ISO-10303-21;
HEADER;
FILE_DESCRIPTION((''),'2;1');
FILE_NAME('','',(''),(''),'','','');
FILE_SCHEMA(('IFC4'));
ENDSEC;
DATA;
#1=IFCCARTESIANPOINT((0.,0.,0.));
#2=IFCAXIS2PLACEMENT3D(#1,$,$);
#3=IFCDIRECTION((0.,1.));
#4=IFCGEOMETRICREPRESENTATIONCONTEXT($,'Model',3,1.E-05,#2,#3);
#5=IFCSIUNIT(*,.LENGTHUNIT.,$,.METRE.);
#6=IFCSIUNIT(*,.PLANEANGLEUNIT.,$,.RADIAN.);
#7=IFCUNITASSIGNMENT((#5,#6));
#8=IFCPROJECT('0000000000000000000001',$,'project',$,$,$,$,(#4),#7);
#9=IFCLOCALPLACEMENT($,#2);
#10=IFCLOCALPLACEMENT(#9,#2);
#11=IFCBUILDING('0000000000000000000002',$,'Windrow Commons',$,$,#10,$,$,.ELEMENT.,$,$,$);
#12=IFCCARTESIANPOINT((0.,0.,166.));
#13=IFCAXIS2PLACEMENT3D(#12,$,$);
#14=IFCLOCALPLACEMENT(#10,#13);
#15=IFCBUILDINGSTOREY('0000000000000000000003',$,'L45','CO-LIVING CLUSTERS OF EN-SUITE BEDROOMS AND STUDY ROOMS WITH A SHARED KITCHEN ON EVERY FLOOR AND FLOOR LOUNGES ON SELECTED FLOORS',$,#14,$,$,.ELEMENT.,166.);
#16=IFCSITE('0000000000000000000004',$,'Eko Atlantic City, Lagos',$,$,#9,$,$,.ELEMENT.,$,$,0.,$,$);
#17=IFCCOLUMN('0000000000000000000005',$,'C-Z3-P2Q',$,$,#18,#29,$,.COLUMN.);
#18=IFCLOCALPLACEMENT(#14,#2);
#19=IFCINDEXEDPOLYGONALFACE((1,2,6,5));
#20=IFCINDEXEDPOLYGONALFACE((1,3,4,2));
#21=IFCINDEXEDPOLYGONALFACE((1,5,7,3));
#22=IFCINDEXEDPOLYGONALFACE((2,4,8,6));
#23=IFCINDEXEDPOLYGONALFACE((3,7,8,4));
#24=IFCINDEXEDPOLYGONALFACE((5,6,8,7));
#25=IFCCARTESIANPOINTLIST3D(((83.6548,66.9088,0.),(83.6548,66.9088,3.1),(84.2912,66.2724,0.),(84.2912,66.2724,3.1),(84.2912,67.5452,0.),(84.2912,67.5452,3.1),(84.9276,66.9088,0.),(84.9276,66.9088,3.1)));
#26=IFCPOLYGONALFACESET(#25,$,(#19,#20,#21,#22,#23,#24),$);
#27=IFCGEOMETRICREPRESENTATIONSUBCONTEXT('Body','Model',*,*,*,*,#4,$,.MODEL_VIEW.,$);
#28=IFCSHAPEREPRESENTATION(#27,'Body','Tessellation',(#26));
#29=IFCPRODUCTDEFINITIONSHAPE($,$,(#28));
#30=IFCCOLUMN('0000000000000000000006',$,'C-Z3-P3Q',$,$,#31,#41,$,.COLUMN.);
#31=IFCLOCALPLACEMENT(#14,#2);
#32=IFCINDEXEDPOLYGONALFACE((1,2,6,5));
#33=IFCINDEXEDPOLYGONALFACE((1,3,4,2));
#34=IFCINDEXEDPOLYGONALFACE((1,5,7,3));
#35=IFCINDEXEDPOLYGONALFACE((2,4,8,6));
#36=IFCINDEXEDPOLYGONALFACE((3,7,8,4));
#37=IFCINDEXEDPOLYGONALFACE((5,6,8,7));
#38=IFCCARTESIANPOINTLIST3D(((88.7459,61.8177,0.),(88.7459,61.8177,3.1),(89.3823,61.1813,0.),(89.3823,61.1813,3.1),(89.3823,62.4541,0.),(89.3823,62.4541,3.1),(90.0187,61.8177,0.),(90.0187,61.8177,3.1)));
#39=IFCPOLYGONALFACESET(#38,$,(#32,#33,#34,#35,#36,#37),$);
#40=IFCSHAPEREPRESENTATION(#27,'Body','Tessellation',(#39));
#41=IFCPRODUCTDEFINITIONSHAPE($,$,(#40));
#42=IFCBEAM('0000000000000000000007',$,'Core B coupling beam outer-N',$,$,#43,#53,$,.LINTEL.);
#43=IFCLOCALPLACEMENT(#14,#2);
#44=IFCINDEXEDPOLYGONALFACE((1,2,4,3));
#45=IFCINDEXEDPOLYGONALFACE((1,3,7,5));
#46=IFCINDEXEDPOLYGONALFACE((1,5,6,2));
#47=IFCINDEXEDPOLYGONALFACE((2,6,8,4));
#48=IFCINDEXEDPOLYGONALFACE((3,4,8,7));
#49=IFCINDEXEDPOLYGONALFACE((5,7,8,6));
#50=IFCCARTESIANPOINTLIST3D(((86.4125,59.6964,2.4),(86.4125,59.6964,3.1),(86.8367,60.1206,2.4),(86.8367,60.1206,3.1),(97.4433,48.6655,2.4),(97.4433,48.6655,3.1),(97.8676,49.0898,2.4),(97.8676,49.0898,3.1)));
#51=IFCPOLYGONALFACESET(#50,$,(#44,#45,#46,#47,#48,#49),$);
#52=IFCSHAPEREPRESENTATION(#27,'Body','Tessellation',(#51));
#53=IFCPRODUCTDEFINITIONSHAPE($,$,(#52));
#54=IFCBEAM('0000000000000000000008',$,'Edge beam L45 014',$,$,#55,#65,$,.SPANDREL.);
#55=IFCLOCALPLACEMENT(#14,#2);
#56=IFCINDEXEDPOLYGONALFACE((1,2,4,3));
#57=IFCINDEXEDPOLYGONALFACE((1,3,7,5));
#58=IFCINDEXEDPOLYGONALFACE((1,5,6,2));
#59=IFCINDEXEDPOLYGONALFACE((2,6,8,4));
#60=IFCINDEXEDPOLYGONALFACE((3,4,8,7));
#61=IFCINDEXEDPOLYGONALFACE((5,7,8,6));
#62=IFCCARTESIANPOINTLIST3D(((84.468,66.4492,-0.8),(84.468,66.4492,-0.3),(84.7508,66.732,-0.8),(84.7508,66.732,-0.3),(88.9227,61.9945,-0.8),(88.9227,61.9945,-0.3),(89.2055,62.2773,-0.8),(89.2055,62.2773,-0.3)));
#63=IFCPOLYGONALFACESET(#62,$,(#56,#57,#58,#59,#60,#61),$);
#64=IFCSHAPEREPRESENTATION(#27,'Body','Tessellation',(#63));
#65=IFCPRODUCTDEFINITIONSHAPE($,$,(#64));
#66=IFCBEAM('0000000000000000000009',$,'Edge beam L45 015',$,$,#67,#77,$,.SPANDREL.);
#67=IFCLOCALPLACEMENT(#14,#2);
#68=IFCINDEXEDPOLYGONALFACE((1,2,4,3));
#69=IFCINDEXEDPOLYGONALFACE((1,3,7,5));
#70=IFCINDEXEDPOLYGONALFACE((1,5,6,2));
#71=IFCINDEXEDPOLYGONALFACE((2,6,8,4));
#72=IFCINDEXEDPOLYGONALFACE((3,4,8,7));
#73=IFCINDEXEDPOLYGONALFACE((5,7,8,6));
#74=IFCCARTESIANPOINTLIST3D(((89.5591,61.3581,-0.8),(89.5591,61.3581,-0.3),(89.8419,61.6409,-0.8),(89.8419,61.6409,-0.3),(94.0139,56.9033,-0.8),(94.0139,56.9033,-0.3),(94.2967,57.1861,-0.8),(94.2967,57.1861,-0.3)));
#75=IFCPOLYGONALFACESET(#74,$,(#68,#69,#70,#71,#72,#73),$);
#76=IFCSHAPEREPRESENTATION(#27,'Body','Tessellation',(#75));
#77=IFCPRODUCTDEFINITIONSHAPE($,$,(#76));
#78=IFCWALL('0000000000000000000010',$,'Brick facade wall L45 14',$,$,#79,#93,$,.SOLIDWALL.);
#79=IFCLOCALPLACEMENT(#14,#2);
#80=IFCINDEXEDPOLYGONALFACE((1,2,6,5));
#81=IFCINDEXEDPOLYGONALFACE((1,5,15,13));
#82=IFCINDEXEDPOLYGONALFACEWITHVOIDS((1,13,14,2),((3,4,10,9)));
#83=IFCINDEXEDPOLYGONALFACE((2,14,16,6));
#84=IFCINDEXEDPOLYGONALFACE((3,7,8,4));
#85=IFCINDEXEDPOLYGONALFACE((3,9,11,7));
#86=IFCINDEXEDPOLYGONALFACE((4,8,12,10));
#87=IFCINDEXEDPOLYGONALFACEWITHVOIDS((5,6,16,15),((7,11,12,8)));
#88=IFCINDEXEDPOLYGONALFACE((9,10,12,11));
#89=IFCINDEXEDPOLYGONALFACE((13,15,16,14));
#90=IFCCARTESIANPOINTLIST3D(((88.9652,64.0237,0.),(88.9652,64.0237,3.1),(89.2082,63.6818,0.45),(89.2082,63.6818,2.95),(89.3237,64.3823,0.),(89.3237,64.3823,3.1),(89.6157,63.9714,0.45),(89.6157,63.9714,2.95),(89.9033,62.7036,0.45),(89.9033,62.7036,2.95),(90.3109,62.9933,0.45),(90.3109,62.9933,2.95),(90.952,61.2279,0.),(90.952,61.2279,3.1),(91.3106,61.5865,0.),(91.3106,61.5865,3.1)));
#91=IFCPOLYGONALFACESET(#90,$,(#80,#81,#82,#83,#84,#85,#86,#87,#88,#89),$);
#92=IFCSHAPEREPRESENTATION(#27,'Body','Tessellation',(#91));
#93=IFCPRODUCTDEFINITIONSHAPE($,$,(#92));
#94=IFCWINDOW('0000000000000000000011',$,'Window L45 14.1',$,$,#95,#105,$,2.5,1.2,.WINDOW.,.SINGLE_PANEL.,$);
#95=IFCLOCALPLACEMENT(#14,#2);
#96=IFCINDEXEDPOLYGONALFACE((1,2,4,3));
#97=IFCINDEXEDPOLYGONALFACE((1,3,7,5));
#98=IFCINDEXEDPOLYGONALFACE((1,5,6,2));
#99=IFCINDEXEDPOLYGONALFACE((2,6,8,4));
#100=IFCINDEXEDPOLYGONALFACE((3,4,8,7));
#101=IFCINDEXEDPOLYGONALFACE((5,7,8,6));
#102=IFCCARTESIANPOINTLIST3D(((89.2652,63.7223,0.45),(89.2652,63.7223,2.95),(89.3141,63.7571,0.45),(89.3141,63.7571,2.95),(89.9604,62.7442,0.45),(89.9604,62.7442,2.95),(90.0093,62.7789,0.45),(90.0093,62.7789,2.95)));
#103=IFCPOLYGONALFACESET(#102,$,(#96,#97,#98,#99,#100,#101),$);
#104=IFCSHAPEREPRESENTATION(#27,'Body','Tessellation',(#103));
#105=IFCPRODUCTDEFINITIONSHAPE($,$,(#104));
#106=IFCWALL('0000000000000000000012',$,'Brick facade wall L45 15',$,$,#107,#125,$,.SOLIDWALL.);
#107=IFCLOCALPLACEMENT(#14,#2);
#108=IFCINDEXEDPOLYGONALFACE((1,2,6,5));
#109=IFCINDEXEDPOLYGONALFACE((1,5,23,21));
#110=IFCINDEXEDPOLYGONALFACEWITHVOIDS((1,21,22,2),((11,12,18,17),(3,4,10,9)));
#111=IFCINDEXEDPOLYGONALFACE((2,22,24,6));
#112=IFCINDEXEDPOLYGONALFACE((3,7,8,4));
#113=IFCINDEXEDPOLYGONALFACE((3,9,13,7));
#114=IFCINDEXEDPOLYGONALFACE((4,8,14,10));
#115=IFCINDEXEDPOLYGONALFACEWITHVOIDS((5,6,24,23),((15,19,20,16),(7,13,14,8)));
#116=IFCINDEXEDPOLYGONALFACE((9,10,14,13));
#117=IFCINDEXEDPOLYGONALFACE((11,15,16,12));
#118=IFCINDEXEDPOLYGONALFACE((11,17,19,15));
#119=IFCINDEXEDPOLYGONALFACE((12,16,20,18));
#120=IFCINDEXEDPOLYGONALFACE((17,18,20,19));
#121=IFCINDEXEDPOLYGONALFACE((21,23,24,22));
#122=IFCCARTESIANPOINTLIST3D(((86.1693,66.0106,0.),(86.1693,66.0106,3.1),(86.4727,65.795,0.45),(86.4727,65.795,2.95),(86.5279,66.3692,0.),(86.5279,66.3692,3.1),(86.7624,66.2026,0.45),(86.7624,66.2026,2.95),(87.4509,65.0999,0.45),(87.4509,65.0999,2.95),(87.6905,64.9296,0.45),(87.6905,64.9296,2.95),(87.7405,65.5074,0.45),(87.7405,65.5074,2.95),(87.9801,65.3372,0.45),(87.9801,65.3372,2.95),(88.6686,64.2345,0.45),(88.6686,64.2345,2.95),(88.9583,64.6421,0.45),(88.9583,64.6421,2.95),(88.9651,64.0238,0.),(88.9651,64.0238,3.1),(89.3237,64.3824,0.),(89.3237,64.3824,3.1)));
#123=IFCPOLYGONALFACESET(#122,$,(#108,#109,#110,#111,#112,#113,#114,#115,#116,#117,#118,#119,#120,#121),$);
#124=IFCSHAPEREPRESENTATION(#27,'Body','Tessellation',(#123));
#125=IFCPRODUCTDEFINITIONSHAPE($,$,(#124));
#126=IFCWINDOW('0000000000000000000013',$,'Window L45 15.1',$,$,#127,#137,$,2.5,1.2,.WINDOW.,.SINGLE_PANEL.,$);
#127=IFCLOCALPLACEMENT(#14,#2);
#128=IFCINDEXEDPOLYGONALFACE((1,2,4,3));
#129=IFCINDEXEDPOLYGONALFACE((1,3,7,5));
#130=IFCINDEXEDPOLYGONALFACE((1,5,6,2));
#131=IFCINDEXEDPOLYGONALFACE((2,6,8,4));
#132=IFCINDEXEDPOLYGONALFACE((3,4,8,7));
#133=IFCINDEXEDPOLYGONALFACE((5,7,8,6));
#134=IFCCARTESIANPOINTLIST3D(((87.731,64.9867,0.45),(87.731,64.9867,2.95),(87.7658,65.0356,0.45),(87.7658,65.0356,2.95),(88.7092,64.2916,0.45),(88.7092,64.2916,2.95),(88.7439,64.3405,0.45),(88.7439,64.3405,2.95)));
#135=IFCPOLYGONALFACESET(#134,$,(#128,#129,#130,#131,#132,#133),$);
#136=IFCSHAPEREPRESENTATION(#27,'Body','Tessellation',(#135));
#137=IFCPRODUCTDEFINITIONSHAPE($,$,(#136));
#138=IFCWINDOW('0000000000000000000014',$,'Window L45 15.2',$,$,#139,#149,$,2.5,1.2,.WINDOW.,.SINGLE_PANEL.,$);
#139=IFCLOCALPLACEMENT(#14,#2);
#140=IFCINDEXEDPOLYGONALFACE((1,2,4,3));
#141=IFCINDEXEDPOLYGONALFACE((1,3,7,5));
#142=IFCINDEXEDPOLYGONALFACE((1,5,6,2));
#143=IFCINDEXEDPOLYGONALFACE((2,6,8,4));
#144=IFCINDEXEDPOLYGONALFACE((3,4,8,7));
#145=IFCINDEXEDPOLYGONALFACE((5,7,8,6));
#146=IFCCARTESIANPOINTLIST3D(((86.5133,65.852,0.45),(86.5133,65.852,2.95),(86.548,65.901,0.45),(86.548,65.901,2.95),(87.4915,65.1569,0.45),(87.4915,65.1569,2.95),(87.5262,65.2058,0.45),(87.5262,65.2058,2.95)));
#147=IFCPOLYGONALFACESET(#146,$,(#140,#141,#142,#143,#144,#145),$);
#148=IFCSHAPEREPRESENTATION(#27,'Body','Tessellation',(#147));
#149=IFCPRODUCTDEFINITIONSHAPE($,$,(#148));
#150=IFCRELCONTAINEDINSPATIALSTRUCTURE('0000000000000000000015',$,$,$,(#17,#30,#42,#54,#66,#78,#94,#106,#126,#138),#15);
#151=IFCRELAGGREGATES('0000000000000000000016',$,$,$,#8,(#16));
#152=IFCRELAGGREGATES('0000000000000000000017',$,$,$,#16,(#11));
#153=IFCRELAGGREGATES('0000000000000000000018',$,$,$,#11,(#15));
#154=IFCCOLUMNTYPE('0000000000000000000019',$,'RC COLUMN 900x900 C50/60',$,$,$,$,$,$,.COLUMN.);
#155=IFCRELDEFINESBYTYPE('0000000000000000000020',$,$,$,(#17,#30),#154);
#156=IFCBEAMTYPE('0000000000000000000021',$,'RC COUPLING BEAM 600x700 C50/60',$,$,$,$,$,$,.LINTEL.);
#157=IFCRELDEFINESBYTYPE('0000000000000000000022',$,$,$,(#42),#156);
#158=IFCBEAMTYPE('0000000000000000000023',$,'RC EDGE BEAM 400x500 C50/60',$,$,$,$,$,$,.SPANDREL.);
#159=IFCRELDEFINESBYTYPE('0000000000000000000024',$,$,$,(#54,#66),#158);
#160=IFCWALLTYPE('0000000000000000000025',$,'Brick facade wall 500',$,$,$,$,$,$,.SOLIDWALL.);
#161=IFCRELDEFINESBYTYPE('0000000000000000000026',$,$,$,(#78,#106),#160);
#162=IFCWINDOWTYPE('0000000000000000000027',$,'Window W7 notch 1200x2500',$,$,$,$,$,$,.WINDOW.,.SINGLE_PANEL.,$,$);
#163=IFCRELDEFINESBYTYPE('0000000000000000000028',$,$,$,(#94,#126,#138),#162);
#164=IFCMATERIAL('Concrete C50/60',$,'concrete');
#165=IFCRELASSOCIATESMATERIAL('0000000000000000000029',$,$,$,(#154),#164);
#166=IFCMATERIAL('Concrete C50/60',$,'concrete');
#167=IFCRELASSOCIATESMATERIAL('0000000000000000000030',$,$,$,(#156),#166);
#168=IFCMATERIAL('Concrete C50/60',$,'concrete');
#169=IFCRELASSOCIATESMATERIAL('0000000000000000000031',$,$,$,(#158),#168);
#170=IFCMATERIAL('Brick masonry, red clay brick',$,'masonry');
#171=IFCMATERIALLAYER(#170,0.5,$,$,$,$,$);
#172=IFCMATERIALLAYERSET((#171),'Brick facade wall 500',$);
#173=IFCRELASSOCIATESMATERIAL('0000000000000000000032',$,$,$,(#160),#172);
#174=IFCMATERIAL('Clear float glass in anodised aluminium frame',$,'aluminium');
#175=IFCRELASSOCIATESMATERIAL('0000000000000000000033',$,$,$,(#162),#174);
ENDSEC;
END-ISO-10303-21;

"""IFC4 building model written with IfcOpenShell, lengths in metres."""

from ifc_helpers import new_model, si_unit, direction, frame, frame_2d, origin, origin_2d, place, context, subcontext, project, spatial, polyline, rectangle, outline, extrude, material, layer, layer_set, material_profile, profile_set, type_object, element, fill, save


model = new_model("IFC4")

# Units and contexts
model_context = context("Model", 3, precision=1e-05, world=origin(), true_north=direction((0.0, 1.0)))
body_context = subcontext(model_context, "Body", "Model", "MODEL_VIEW")
ifc_project = project(units=[si_unit("LENGTHUNIT", "METRE"), si_unit("PLANEANGLEUNIT", "RADIAN")], contexts=[model_context])

# Site, building, storey
site_placement = place(None, origin())
site = spatial("IfcSite", under=ifc_project, at=site_placement, Name="Eko Atlantic City, Lagos", CompositionType="ELEMENT", RefElevation=0.0)
building_placement = place(site_placement, origin())
building = spatial("IfcBuilding", under=site, at=building_placement, Name="Windrow Commons", CompositionType="ELEMENT")
storey_placement = place(building_placement, frame((0.0, 0.0, 166.0)))
storey = spatial("IfcBuildingStorey", under=building, at=storey_placement, Name="L45", Description="CO-LIVING CLUSTERS OF EN-SUITE BEDROOMS AND STUDY ROOMS WITH A SHARED KITCHEN ON EVERY FLOOR AND FLOOR LOUNGES ON SELECTED FLOORS", CompositionType="ELEMENT", Elevation=166.0)

# Columns
ifc_material_1 = material(Name="Concrete C50/60", Category="concrete")
ifc_material_profile_1 = material_profile(ifc_material_1, rectangle(XDim=0.9, YDim=0.9, at=origin_2d()))
ifc_profile_set_1 = profile_set([ifc_material_profile_1], Name="Concrete C50/60")
column_type = type_object("IfcColumnType", Name="RC COLUMN 900x900 C50/60", PredefinedType="COLUMN", material=ifc_profile_set_1)
for number, where, z_axis, x_axis, name in (
    (1, (84.2912, 66.9088, 0.0), (0.0, 0.0, 1.0), (0.707107, -0.707107, 0.0), "C-Z3-P2Q"),
    (2, (89.3823, 61.8177, 0.0), (0.0, 0.0, 1.0), (0.707107, -0.707107, 0.0), "C-Z3-P3Q"),
):
    element("IfcColumn", number, at=place(storey_placement, frame(where, z_axis=z_axis, x_axis=x_axis)), inside=storey, type_object=column_type, Name=name, PredefinedType="COLUMN", context=body_context, shape_type="SweptSolid", body=[
        extrude(rectangle(XDim=0.9, YDim=0.9, at=origin_2d()), origin(), (0.0, 0.0, 1.0), 3.1),
    ])

# Beams
ifc_material_2 = material(Name="Concrete C50/60", Category="concrete")
ifc_material_profile_2 = material_profile(ifc_material_2, rectangle(XDim=0.6, YDim=0.7, at=origin_2d()))
ifc_profile_set_2 = profile_set([ifc_material_profile_2], Name="Concrete C50/60")
beam_type_1 = type_object("IfcBeamType", Name="RC COUPLING BEAM 600x700 C50/60", PredefinedType="LINTEL", material=ifc_profile_set_2)
beam_1_placement = place(storey_placement, frame((86.6246, 59.9085, 2.75), z_axis=(0.707107, -0.707107, 0.0), x_axis=(0.707107, 0.707107, 0.0)))
element("IfcBeam", 3, at=beam_1_placement, inside=storey, type_object=beam_type_1, Name="Core B coupling beam outer-N", PredefinedType="LINTEL", context=body_context, shape_type="SweptSolid", body=[
    extrude(rectangle(XDim=0.6, YDim=0.7, at=origin_2d()), origin(), (0.0, 0.0, 1.0), 15.6),
])
ifc_material_3 = material(Name="Concrete C50/60", Category="concrete")
ifc_material_profile_3 = material_profile(ifc_material_3, rectangle(XDim=0.4, YDim=0.5, at=origin_2d()))
ifc_profile_set_3 = profile_set([ifc_material_profile_3], Name="Concrete C50/60")
beam_type_2 = type_object("IfcBeamType", Name="RC EDGE BEAM 400x500 C50/60", PredefinedType="SPANDREL", material=ifc_profile_set_3)
beam_2_placement = place(storey_placement, frame((84.6094, 66.5906, -0.55), z_axis=(0.707107, -0.707107, 0.0), x_axis=(0.707107, 0.707107, 0.0)))
element("IfcBeam", 4, at=beam_2_placement, inside=storey, type_object=beam_type_2, Name="Edge beam L45 014", PredefinedType="SPANDREL", context=body_context, shape_type="SweptSolid", body=[
    extrude(rectangle(XDim=0.4, YDim=0.5, at=origin_2d()), origin(), (0.0, 0.0, 1.0), 6.2999),
])
beam_3_placement = place(storey_placement, frame((89.7005, 61.4995, -0.55), z_axis=(0.707107, -0.707107, 0.0), x_axis=(0.707107, 0.707107, 0.0)))
element("IfcBeam", 5, at=beam_3_placement, inside=storey, type_object=beam_type_2, Name="Edge beam L45 015", PredefinedType="SPANDREL", context=body_context, shape_type="SweptSolid", body=[
    extrude(rectangle(XDim=0.4, YDim=0.5, at=origin_2d()), origin(), (0.0, 0.0, 1.0), 6.3),
])

# Wall, opening, window
ifc_material_4 = material(Name="Brick masonry, red clay brick", Category="masonry")
ifc_layer_1 = layer(ifc_material_4, 0.5)
ifc_layer_set_1 = layer_set([ifc_layer_1], Name="Brick facade wall 500")
wall_type_1 = type_object("IfcWallType", Name="Brick facade wall 500", PredefinedType="SOLIDWALL", material=ifc_layer_set_1)
wall_1_placement = place(storey_placement, frame((91.1313, 61.4072, 0.0), z_axis=(0.0, 0.0, 1.0), x_axis=(-0.579273, 0.815134, 0.0)))
wall_1 = element("IfcWall", 6, at=wall_1_placement, inside=storey, type_object=wall_type_1, Name="Brick facade wall L45 14", PredefinedType="SOLIDWALL", context=body_context, shape_type="SweptSolid", body=[
    extrude(outline(polyline([(0.0423, -0.25), (3.4722, -0.25), (3.3876, 0.25), (-0.0423, 0.25), (0.0423, -0.25)])), origin(), (0.0, 0.0, 1.0), 3.1),
])
opening_1_placement = place(wall_1_placement, frame((1.7681, 0.0, 0.45)))
opening_1 = element("IfcOpeningElement", 7, at=opening_1_placement, cuts=wall_1, PredefinedType="OPENING", context=body_context, shape_type="SweptSolid", body=[
    extrude(rectangle(XDim=1.2, YDim=2.5, at=frame_2d((0.6, 1.25))), frame((0.0, 0.26, 0.0), z_axis=(0.0, -1.0, 0.0), x_axis=(1.0, 0.0, 0.0)), (0.0, 0.0, 1.0), 0.52),
])
ifc_material_5 = material(Name="Clear float glass in anodised aluminium frame", Category="aluminium")
window_type = type_object("IfcWindowType", Name="Window W7 notch 1200x2500", PartitioningType="SINGLE_PANEL", PredefinedType="WINDOW", material=ifc_material_5)
window_1_placement = place(opening_1_placement, origin())
window_1 = element("IfcWindow", 8, at=window_1_placement, inside=storey, type_object=window_type, Name="Window L45 14.1", OverallHeight=2.5, OverallWidth=1.2, PartitioningType="SINGLE_PANEL", PredefinedType="WINDOW", context=body_context, shape_type="SweptSolid", body=[
    extrude(rectangle(XDim=1.2, YDim=2.5, at=frame_2d((0.6, 1.25))), frame((0.0, 0.18, 0.0), z_axis=(0.0, -1.0, 0.0), x_axis=(1.0, 0.0, 0.0)), (0.0, 0.0, 1.0), 0.06),
])
fill(opening_1, window_1)

# Wall, openings, windows
wall_2_placement = place(storey_placement, frame((89.1444, 64.2031, 0.0), z_axis=(0.0, 0.0, 1.0), x_axis=(-0.815138, 0.579267, 0.0)))
wall_2 = element("IfcWall", 9, at=wall_2_placement, inside=storey, type_object=wall_type_1, Name="Brick facade wall L45 15", PredefinedType="SOLIDWALL", context=body_context, shape_type="SweptSolid", body=[
    extrude(outline(polyline([(-0.0423, -0.25), (3.3876, -0.25), (3.4722, 0.25), (0.0423, 0.25), (-0.0423, -0.25)])), origin(), (0.0, 0.0, 1.0), 3.1),
])
opening_2_placement = place(wall_2_placement, frame((0.406, 0.0, 0.45)))
opening_2 = element("IfcOpeningElement", 10, at=opening_2_placement, cuts=wall_2, PredefinedType="OPENING", context=body_context, shape_type="SweptSolid", body=[
    extrude(rectangle(XDim=1.2, YDim=2.5, at=frame_2d((0.6, 1.25))), frame((0.0, 0.26, 0.0), z_axis=(0.0, -1.0, 0.0), x_axis=(1.0, 0.0, 0.0)), (0.0, 0.0, 1.0), 0.52),
])
opening_3_placement = place(wall_2_placement, frame((1.8999, 0.0, 0.45)))
opening_3 = element("IfcOpeningElement", 11, at=opening_3_placement, cuts=wall_2, PredefinedType="OPENING", context=body_context, shape_type="SweptSolid", body=[
    extrude(rectangle(XDim=1.2, YDim=2.5, at=frame_2d((0.6, 1.25))), frame((0.0, 0.26, 0.0), z_axis=(0.0, -1.0, 0.0), x_axis=(1.0, 0.0, 0.0)), (0.0, 0.0, 1.0), 0.52),
])
window_2_placement = place(opening_2_placement, origin())
window_2 = element("IfcWindow", 12, at=window_2_placement, inside=storey, type_object=window_type, Name="Window L45 15.1", OverallHeight=2.5, OverallWidth=1.2, PartitioningType="SINGLE_PANEL", PredefinedType="WINDOW", context=body_context, shape_type="SweptSolid", body=[
    extrude(rectangle(XDim=1.2, YDim=2.5, at=frame_2d((0.6, 1.25))), frame((0.0, 0.18, 0.0), z_axis=(0.0, -1.0, 0.0), x_axis=(1.0, 0.0, 0.0)), (0.0, 0.0, 1.0), 0.06),
])
fill(opening_2, window_2)
window_3_placement = place(opening_3_placement, origin())
window_3 = element("IfcWindow", 13, at=window_3_placement, inside=storey, type_object=window_type, Name="Window L45 15.2", OverallHeight=2.5, OverallWidth=1.2, PartitioningType="SINGLE_PANEL", PredefinedType="WINDOW", context=body_context, shape_type="SweptSolid", body=[
    extrude(rectangle(XDim=1.2, YDim=2.5, at=frame_2d((0.6, 1.25))), frame((0.0, 0.18, 0.0), z_axis=(0.0, -1.0, 0.0), x_axis=(1.0, 0.0, 0.0)), (0.0, 0.0, 1.0), 0.06),
])
fill(opening_3, window_3)

save(model, "model.ifc")
